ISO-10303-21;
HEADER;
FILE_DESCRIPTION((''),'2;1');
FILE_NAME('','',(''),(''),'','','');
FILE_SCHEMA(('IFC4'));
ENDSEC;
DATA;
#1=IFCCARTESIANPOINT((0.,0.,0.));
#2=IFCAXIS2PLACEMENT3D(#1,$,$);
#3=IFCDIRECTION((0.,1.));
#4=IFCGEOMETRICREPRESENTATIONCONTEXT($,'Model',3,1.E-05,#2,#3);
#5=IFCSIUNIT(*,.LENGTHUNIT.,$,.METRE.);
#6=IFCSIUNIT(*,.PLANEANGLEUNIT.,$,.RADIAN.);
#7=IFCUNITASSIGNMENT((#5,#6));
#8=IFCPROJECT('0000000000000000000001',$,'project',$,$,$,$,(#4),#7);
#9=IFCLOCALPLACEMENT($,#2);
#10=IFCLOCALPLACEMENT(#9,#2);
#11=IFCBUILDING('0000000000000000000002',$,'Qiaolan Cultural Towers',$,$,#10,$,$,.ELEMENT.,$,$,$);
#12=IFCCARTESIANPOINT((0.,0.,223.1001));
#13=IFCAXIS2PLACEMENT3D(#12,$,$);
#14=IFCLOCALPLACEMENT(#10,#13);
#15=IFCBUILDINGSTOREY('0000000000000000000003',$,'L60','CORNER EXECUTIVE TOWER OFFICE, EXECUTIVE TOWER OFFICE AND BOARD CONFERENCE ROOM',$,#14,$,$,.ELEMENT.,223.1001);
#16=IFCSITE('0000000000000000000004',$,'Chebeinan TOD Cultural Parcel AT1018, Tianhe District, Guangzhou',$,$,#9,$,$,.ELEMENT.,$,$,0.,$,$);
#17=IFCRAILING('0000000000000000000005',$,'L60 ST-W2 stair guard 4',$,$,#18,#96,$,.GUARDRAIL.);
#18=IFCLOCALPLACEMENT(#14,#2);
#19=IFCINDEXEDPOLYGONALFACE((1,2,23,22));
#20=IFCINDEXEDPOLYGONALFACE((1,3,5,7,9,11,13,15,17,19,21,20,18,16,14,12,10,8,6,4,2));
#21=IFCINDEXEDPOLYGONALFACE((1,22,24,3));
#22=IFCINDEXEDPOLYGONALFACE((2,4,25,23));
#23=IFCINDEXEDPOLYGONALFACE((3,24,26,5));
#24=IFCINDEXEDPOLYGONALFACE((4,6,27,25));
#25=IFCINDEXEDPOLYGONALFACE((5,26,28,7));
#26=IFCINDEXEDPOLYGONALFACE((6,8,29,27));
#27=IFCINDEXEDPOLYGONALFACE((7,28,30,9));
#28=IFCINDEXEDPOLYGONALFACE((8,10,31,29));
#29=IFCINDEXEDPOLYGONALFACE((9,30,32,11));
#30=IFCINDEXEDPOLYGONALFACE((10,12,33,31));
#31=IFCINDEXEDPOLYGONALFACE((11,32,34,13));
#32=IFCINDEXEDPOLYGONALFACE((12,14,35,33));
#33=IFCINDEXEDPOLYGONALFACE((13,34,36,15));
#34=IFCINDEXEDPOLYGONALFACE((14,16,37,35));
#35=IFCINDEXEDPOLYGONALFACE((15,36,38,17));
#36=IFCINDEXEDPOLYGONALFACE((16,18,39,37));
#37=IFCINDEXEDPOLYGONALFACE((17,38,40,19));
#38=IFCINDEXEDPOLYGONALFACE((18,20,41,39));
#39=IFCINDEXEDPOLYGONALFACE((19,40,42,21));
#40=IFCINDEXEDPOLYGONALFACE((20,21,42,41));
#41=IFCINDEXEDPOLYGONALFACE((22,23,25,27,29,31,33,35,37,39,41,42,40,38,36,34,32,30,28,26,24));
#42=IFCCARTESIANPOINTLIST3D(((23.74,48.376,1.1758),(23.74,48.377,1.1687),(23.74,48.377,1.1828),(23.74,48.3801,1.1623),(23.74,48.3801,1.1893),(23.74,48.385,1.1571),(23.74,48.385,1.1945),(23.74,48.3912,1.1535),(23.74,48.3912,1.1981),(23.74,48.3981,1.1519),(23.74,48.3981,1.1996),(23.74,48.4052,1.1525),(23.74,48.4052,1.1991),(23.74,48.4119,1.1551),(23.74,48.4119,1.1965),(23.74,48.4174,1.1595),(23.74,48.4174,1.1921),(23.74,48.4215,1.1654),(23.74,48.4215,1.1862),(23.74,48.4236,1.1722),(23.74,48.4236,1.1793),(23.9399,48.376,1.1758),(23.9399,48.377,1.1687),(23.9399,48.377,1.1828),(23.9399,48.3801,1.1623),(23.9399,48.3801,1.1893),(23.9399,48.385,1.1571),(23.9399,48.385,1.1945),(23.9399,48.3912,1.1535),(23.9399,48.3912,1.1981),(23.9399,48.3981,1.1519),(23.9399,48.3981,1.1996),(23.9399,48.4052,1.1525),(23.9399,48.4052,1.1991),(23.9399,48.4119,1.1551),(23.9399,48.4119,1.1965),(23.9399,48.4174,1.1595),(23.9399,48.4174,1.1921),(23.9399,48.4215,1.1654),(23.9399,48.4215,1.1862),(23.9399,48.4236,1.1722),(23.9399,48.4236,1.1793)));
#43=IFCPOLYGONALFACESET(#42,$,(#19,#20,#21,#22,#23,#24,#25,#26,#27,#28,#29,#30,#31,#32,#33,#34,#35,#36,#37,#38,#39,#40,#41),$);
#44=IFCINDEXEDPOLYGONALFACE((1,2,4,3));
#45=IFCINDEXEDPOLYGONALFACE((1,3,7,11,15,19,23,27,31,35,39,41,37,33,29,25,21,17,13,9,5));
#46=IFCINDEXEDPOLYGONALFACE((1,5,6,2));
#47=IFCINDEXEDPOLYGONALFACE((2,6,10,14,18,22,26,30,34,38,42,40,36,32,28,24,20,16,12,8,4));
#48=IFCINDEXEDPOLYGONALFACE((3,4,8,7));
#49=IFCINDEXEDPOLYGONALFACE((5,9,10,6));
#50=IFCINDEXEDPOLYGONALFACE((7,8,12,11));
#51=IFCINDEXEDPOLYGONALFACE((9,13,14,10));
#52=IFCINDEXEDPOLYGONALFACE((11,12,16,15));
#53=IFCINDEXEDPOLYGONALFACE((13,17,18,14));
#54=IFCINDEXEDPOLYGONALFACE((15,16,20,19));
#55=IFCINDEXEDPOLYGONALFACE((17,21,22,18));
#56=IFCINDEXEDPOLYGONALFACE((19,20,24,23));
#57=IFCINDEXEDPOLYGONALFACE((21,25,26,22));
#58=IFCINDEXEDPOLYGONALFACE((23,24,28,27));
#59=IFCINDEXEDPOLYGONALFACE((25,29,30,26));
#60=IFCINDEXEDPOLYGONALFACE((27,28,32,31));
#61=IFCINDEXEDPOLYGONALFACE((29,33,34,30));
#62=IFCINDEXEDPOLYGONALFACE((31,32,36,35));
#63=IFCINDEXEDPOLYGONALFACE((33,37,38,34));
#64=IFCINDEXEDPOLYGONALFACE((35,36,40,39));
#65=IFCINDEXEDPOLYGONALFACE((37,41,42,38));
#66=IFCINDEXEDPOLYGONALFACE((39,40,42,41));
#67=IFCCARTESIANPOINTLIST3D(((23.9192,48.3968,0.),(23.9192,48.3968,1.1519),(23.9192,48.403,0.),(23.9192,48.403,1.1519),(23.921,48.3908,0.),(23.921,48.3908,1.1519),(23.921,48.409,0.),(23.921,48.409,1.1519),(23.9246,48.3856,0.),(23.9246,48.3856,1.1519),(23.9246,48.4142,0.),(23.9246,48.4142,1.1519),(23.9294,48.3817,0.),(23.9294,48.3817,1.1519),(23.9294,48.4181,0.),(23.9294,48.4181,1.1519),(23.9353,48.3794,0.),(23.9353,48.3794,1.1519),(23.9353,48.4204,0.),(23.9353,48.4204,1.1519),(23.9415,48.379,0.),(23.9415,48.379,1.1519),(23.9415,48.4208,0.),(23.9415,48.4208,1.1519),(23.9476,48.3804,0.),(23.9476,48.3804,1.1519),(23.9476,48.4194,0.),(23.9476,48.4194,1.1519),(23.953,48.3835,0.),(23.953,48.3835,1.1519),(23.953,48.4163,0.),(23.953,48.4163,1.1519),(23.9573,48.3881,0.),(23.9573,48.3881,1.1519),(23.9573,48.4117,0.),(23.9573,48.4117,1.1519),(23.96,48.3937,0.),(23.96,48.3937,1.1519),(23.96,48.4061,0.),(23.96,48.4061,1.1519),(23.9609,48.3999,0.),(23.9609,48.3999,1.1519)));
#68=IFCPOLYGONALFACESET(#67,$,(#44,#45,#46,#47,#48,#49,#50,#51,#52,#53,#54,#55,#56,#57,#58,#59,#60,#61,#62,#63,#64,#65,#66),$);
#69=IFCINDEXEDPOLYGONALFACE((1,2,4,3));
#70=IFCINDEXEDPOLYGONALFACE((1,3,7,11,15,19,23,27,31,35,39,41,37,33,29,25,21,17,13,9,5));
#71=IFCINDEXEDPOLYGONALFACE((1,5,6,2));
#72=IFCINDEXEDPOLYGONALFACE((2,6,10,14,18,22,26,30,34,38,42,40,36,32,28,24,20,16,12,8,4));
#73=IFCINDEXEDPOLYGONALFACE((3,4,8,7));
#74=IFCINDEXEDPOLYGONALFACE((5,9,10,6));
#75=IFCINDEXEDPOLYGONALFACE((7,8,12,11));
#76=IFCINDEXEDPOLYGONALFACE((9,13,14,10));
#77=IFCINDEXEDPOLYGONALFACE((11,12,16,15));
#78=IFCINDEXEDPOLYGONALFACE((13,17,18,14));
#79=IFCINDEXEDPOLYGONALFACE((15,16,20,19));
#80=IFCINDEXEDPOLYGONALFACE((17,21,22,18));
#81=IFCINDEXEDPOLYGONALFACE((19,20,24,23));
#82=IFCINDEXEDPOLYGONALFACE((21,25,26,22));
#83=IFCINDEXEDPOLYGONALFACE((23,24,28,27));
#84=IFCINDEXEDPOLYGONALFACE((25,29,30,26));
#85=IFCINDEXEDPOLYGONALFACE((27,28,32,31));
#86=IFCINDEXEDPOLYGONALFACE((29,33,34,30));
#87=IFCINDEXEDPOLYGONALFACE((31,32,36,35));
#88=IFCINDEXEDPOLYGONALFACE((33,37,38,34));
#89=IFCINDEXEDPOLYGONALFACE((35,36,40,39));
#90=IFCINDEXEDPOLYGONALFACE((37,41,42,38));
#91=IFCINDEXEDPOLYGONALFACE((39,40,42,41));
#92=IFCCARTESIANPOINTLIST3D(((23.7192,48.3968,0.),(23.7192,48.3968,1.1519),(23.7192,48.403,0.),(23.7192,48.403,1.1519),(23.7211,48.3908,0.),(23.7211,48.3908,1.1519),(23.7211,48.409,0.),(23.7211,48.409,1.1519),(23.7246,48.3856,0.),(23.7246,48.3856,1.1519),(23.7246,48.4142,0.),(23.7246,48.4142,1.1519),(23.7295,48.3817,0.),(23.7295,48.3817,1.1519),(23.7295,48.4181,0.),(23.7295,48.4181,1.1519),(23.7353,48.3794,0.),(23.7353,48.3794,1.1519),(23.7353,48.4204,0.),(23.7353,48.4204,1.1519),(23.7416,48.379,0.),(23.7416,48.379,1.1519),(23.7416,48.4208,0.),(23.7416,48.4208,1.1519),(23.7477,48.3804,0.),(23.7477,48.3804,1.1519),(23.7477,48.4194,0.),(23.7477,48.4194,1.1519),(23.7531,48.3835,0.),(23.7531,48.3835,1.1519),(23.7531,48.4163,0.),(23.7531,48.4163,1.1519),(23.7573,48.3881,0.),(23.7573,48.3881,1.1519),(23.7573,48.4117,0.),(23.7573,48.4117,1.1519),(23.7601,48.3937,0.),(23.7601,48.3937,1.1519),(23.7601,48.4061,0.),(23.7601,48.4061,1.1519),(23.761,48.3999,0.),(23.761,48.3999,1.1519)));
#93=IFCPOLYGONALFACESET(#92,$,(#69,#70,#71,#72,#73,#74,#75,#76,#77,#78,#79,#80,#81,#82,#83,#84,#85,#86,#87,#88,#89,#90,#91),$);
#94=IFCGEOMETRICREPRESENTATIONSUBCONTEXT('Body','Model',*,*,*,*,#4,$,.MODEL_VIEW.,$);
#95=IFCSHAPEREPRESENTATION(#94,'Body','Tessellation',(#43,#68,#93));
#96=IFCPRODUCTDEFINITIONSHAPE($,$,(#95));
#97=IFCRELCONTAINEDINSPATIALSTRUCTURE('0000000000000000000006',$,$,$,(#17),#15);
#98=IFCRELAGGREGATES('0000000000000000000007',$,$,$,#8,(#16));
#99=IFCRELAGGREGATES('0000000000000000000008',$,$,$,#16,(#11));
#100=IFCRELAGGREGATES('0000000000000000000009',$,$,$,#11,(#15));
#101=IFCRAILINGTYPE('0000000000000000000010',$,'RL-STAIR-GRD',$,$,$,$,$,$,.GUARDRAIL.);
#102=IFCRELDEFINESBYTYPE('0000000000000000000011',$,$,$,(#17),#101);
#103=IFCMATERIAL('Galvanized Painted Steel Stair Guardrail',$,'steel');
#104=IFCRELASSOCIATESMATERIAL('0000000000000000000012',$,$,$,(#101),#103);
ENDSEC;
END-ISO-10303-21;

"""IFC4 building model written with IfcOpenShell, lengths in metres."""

from ifc_helpers import new_model, si_unit, direction, frame, origin, origin_2d, place, context, subcontext, project, spatial, circle, extrude, material, type_object, element, save


model = new_model("IFC4")

# Units and contexts
model_context = context("Model", 3, precision=1e-05, world=origin(), true_north=direction((0.0, 1.0)))
body_context = subcontext(model_context, "Body", "Model", "MODEL_VIEW")
ifc_project = project(units=[si_unit("LENGTHUNIT", "METRE"), si_unit("PLANEANGLEUNIT", "RADIAN")], contexts=[model_context])

# Site, building, storey
site_placement = place(None, origin())
site = spatial("IfcSite", under=ifc_project, at=site_placement, Name="Chebeinan TOD Cultural Parcel AT1018, Tianhe District, Guangzhou", CompositionType="ELEMENT", RefElevation=0.0)
building_placement = place(site_placement, origin())
building = spatial("IfcBuilding", under=site, at=building_placement, Name="Qiaolan Cultural Towers", CompositionType="ELEMENT")
storey_placement = place(building_placement, frame((0.0, 0.0, 223.1001)))
storey = spatial("IfcBuildingStorey", under=building, at=storey_placement, Name="L60", Description="CORNER EXECUTIVE TOWER OFFICE, EXECUTIVE TOWER OFFICE AND BOARD CONFERENCE ROOM", CompositionType="ELEMENT", Elevation=223.1001)

# Railing
ifc_material_1 = material(Name="Galvanized Painted Steel Stair Guardrail", Category="steel")
railing_type_1 = type_object("IfcRailingType", Name="RL-STAIR-GRD", PredefinedType="GUARDRAIL", material=ifc_material_1)
railing_1_placement = place(storey_placement, frame((23.9399, 48.3999, 0.0)))
element("IfcRailing", 1, at=railing_1_placement, inside=storey, type_object=railing_type_1, Name="L60 ST-W2 stair guard 4", PredefinedType="GUARDRAIL", context=body_context, shape_type="SweptSolid", body=[
    extrude(circle(Radius=0.0239, at=origin_2d()), frame((0.0, 0.0, 1.1758), z_axis=(-1.0, 0.0, 0.0), x_axis=(0.0, -1.0, 0.0)), (0.0, 0.0, 1.0), 0.2),
    extrude(circle(Radius=0.021, at=origin_2d()), origin(), (0.0, 0.0, 1.0), 1.1519),
    extrude(circle(Radius=0.021, at=origin_2d()), frame((-0.2, 0.0, 0.0)), (0.0, 0.0, 1.0), 1.1519),
])

save(model, "model.ifc")
